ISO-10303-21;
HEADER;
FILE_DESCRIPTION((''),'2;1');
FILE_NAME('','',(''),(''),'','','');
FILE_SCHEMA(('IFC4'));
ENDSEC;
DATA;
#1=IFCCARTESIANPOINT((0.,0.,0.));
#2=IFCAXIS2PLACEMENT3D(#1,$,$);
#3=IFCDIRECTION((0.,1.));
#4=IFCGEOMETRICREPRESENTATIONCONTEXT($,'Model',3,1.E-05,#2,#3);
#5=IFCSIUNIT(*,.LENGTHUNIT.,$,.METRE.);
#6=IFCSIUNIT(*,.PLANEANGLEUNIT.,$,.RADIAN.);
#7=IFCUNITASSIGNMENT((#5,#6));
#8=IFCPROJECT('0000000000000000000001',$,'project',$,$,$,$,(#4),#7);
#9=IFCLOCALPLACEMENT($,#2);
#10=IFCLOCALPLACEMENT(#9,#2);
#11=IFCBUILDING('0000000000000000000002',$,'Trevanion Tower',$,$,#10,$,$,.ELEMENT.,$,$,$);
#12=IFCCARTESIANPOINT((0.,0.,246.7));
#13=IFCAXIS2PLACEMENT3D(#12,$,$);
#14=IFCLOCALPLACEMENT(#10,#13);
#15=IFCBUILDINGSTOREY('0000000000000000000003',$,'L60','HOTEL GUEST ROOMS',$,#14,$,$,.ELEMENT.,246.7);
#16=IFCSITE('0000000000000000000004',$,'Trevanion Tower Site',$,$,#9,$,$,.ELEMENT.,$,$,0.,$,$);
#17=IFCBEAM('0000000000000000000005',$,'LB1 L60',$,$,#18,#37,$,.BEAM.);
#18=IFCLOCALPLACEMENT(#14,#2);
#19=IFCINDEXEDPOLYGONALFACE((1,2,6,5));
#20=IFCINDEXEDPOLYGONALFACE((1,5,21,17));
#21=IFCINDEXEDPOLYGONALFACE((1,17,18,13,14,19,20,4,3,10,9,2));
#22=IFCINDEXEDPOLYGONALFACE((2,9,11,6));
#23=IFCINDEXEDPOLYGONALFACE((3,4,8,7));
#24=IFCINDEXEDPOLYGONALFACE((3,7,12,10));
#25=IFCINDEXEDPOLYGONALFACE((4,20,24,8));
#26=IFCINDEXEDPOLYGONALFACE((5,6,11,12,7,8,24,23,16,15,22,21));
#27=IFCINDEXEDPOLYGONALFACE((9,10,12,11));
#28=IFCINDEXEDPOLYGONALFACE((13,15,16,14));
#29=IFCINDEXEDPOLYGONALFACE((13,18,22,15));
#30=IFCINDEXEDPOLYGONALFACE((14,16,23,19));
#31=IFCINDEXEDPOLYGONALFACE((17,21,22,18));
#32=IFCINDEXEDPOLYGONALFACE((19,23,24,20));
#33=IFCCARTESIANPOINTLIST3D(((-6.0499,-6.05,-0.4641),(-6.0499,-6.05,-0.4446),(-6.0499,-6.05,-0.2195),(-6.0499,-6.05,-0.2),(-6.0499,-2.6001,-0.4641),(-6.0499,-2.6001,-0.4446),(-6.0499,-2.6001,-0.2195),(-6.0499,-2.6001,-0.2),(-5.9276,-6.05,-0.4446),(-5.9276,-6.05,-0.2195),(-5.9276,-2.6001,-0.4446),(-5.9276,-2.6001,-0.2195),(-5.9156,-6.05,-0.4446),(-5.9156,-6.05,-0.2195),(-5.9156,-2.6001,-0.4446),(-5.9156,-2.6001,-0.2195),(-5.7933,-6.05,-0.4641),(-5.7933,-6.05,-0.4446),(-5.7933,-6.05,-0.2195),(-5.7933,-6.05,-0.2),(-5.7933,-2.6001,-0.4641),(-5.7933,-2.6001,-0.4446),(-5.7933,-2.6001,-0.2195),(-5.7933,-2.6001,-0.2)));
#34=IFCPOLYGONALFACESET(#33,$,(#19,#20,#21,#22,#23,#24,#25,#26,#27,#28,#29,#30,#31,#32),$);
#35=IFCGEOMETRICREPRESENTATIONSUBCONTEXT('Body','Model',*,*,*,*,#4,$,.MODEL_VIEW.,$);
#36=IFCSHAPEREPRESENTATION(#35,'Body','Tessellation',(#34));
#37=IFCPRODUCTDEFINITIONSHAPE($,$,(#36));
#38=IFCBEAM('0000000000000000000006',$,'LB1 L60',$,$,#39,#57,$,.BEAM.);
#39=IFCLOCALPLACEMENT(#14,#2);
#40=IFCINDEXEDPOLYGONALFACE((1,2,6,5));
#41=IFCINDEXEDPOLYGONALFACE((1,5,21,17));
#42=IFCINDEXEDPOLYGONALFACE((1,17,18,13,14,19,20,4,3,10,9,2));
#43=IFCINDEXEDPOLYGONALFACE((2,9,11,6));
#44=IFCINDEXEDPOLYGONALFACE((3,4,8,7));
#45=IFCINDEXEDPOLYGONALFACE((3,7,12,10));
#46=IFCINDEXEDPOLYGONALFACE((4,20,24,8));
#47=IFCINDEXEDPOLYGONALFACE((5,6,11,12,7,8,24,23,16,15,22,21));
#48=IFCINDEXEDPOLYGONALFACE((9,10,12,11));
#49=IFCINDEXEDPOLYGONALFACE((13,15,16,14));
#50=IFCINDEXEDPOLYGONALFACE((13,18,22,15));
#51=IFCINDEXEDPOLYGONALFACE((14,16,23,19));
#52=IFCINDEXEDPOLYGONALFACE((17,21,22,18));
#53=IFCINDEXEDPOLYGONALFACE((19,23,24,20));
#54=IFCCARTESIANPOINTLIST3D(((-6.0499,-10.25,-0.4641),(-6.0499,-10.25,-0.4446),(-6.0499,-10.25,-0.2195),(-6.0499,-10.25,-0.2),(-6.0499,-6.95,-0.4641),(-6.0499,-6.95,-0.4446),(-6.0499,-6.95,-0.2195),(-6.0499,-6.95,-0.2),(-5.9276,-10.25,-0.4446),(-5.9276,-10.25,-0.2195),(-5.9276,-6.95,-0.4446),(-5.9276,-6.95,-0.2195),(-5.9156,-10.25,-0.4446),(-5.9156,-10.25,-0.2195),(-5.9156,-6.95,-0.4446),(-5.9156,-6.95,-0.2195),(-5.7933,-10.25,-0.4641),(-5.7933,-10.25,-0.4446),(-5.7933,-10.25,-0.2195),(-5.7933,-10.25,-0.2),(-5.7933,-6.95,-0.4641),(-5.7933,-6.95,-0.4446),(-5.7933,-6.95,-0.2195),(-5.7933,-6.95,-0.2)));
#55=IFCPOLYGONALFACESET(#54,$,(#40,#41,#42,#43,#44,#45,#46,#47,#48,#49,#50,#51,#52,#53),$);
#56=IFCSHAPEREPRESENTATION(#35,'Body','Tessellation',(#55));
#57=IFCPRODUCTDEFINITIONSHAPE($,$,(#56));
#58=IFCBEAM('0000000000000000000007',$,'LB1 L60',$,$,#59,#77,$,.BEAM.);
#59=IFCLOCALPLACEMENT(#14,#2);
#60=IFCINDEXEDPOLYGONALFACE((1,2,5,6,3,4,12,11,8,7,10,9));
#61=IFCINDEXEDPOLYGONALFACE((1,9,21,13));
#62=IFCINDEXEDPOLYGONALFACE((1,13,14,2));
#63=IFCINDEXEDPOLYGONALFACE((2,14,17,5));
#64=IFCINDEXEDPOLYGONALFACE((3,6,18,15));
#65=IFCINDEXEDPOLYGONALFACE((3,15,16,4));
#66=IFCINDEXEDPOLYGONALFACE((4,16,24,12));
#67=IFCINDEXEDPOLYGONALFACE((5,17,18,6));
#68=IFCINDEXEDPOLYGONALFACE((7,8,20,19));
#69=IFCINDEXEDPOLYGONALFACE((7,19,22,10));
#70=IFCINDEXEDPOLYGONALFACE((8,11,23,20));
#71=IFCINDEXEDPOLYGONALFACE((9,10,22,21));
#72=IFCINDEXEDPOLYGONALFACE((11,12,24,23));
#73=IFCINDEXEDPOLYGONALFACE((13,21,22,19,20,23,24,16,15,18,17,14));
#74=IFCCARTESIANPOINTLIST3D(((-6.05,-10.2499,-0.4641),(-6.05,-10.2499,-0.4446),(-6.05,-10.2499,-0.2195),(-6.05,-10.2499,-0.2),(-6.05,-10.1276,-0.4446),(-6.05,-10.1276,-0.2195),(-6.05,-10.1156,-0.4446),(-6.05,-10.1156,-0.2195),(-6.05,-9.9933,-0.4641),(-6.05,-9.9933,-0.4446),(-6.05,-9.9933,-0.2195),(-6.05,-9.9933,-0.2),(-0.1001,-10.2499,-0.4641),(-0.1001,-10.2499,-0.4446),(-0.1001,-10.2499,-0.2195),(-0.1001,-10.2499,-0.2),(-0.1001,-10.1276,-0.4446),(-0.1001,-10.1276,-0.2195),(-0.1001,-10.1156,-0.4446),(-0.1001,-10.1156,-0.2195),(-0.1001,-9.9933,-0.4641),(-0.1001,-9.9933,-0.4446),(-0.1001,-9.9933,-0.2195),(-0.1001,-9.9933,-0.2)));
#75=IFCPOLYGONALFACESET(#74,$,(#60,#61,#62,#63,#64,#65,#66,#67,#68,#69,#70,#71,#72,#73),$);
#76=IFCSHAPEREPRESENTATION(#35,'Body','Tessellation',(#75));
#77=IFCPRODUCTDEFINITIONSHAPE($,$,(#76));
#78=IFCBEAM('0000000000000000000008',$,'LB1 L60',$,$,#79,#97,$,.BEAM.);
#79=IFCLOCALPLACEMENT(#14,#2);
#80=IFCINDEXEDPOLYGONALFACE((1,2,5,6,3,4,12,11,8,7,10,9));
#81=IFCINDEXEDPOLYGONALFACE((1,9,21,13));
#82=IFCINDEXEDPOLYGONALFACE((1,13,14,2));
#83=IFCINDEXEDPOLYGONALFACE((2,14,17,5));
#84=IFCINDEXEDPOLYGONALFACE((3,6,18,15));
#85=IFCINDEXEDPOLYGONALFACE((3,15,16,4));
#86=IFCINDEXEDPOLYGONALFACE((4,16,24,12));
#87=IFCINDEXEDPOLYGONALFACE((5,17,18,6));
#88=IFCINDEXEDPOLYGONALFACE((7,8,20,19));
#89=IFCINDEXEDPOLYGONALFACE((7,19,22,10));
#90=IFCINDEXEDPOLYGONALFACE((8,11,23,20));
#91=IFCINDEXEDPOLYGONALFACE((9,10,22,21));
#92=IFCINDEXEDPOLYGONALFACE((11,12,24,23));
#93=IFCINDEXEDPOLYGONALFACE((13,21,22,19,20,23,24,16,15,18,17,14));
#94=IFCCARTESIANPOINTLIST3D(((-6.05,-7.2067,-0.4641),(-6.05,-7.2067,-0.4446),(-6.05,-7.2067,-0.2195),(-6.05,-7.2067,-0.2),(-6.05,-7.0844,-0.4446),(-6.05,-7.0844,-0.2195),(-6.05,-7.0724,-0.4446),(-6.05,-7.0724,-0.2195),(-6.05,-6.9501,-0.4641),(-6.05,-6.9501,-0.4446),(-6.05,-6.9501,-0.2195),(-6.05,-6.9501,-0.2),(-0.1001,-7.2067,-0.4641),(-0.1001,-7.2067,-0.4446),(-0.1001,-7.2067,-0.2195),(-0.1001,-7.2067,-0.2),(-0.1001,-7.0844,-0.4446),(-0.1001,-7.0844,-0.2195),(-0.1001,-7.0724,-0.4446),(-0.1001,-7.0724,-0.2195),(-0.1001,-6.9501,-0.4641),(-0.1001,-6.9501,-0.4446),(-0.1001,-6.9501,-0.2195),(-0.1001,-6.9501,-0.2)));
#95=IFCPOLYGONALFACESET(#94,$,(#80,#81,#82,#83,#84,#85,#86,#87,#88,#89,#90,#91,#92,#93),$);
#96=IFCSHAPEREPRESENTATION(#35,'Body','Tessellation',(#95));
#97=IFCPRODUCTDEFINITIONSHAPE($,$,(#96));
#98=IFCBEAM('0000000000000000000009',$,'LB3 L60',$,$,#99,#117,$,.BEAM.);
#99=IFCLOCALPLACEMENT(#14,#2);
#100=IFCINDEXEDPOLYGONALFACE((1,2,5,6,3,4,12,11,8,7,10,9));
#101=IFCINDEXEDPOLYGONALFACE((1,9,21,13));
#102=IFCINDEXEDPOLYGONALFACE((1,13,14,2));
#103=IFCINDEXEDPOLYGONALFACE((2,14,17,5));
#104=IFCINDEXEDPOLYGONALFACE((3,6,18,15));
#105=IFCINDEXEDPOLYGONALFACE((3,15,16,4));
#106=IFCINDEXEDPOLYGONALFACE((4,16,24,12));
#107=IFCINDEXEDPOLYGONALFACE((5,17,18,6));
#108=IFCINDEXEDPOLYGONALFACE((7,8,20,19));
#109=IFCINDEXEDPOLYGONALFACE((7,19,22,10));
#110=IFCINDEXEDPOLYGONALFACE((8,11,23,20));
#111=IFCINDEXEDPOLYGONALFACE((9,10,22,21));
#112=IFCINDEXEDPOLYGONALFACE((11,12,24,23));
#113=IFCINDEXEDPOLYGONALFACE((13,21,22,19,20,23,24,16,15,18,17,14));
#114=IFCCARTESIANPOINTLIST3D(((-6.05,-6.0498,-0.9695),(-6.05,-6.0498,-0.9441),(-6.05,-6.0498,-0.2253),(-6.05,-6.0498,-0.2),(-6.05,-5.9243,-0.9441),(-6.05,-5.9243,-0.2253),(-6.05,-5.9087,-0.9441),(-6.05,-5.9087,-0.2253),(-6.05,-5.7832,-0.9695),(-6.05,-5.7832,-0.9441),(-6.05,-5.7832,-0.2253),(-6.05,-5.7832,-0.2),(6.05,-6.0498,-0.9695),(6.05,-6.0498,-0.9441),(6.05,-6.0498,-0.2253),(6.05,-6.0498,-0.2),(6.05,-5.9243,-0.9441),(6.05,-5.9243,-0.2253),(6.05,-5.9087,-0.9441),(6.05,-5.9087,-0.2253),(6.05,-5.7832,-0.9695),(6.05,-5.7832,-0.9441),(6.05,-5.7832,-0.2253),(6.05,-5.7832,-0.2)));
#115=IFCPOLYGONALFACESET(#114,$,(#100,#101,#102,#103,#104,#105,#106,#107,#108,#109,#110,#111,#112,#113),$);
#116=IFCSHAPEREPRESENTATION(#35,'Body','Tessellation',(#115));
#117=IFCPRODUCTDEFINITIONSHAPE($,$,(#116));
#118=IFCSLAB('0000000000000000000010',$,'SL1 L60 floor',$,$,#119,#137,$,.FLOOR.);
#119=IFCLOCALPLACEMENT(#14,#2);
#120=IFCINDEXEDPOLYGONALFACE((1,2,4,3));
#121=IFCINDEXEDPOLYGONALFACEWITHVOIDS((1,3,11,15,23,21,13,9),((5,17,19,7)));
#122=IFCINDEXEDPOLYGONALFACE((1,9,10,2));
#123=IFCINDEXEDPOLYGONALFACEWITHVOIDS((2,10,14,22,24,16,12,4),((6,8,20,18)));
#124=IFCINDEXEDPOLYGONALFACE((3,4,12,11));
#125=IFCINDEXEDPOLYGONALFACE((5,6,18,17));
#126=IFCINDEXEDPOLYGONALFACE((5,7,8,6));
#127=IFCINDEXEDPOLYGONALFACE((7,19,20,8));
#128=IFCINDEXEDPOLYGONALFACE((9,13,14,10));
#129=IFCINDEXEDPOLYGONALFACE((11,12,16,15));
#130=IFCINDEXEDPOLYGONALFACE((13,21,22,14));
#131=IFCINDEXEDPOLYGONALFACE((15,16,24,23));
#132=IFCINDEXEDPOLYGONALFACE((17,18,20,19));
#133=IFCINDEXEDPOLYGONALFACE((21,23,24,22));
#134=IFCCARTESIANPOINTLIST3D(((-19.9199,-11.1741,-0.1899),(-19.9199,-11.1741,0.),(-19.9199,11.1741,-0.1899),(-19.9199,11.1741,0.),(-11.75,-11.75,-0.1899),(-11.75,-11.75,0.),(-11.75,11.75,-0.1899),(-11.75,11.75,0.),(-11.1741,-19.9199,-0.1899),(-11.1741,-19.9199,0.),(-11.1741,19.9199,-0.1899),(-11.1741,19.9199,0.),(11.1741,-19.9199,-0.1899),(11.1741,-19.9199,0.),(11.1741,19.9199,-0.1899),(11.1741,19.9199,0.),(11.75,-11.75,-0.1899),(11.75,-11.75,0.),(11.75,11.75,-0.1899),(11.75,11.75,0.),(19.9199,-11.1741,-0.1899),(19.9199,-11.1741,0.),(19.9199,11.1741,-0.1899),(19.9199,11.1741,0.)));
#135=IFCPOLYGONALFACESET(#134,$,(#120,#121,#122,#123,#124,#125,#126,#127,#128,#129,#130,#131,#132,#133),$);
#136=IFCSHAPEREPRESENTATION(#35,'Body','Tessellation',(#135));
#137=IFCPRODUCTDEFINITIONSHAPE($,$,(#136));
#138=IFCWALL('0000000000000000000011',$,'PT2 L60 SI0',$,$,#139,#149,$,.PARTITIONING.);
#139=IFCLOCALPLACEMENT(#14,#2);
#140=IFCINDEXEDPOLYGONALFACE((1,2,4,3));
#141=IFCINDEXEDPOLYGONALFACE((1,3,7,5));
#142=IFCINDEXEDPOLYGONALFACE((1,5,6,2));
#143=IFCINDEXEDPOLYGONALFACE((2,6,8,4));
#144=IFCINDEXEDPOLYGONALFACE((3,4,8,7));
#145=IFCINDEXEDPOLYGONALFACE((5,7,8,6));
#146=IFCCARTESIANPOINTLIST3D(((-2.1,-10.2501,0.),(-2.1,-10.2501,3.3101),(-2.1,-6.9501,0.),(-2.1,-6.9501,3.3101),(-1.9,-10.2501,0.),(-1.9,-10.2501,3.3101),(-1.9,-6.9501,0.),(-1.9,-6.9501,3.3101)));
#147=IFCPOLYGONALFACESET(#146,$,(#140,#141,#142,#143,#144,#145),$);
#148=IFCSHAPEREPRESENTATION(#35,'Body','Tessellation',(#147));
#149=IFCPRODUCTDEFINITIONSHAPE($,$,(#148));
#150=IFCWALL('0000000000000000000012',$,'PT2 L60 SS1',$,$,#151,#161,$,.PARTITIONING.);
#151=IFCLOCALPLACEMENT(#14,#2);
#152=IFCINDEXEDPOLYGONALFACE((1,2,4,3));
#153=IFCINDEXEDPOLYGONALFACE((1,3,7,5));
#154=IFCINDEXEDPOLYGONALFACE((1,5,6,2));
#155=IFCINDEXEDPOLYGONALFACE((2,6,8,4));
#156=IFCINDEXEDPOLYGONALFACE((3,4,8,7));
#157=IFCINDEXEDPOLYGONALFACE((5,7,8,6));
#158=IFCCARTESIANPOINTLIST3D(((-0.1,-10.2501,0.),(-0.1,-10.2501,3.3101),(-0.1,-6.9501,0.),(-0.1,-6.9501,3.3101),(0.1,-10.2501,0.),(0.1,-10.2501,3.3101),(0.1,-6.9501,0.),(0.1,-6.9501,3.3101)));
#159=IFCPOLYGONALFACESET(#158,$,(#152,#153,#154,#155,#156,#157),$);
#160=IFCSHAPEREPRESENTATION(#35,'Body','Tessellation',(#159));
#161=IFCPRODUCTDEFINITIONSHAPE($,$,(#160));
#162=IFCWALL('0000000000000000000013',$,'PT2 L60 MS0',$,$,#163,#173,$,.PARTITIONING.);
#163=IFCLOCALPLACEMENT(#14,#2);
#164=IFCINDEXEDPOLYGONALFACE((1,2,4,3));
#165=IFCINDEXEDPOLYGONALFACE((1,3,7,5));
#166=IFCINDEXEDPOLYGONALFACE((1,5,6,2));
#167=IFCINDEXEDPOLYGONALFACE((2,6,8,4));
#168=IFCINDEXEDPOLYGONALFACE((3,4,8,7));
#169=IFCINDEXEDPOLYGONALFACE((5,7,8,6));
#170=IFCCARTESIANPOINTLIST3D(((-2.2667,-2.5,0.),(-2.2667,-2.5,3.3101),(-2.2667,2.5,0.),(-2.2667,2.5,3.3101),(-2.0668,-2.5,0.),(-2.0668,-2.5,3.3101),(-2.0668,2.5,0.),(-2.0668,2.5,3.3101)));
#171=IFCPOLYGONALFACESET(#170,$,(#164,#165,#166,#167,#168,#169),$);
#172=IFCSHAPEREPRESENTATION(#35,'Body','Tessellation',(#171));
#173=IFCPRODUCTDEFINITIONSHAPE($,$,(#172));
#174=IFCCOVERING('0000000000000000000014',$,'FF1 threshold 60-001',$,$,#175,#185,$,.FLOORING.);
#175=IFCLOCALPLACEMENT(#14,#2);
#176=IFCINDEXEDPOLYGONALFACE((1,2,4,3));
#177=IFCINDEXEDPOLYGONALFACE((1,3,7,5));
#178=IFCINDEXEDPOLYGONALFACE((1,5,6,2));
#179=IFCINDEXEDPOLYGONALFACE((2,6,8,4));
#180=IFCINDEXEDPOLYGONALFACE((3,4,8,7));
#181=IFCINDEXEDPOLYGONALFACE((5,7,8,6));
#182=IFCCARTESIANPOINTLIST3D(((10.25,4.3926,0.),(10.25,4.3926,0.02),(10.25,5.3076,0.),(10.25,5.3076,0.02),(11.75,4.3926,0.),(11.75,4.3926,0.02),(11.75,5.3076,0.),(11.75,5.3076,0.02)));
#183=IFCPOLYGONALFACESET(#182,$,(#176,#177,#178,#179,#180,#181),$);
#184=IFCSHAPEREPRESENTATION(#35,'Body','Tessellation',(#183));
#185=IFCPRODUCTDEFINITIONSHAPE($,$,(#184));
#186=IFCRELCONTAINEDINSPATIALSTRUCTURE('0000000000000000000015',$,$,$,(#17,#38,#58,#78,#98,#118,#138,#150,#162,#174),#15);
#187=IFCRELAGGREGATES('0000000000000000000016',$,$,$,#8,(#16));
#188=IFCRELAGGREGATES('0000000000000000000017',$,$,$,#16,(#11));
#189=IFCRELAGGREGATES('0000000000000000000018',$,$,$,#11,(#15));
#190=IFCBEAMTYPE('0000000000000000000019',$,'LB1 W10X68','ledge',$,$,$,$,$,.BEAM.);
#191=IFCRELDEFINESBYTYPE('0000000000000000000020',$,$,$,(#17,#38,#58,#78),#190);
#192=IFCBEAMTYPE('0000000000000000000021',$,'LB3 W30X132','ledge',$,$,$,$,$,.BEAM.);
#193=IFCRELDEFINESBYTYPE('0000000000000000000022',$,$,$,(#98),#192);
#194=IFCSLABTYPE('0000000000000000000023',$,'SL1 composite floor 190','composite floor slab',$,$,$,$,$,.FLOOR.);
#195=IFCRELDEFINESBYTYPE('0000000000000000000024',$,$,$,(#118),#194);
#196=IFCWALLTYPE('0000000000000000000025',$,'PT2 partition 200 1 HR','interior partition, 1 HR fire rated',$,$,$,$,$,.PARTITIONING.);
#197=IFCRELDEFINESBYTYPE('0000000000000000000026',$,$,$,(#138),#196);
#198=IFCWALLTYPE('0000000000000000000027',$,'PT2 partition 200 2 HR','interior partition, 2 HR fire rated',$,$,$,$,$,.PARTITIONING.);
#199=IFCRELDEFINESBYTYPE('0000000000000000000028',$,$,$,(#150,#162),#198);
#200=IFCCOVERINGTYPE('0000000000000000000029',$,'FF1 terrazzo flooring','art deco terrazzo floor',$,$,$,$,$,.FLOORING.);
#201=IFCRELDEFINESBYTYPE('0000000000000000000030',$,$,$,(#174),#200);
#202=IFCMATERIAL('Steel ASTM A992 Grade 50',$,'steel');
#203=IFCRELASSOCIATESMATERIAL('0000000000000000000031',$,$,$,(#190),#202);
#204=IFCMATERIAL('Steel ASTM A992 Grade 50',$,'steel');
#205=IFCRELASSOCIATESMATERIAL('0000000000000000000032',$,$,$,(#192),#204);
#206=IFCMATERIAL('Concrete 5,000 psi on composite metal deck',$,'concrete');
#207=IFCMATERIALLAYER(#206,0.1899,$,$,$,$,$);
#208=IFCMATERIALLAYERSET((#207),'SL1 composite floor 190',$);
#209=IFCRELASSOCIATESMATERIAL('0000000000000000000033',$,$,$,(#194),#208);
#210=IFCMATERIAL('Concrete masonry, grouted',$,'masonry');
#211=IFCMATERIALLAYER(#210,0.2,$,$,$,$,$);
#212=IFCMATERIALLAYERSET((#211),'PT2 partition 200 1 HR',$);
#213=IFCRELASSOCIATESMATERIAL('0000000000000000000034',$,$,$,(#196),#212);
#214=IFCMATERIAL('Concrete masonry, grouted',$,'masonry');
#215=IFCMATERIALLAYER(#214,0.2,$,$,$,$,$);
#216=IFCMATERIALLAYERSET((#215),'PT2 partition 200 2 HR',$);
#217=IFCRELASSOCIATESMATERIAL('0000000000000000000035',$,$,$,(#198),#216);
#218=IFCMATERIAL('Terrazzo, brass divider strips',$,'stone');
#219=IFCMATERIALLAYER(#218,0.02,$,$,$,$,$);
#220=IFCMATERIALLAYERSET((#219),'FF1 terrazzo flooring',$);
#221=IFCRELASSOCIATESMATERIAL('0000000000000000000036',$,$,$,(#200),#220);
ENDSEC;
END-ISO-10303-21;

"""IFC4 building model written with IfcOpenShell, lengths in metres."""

from ifc_helpers import new_model, si_unit, direction, frame, frame_2d, origin, origin_2d, place, context, subcontext, project, spatial, polyline, rectangle, i_section, outline, extrude, material, layer, layer_set, material_profile, profile_set, type_object, element, save


model = new_model("IFC4")

# Units and contexts
model_context = context("Model", 3, precision=1e-05, world=origin(), true_north=direction((0.0, 1.0)))
body_context = subcontext(model_context, "Body", "Model", "MODEL_VIEW")
ifc_project = project(units=[si_unit("LENGTHUNIT", "METRE"), si_unit("PLANEANGLEUNIT", "RADIAN")], contexts=[model_context])

# Site, building, storey
site_placement = place(None, origin())
site = spatial("IfcSite", under=ifc_project, at=site_placement, Name="Trevanion Tower Site", CompositionType="ELEMENT", RefElevation=0.0)
building_placement = place(site_placement, origin())
building = spatial("IfcBuilding", under=site, at=building_placement, Name="Trevanion Tower", CompositionType="ELEMENT")
storey_placement = place(building_placement, frame((0.0, 0.0, 246.7)))
storey = spatial("IfcBuildingStorey", under=building, at=storey_placement, Name="L60", Description="HOTEL GUEST ROOMS", CompositionType="ELEMENT", Elevation=246.7)

# Beams
ifc_material_1 = material(Name="Steel ASTM A992 Grade 50", Category="steel")
ifc_material_profile_1 = material_profile(ifc_material_1, i_section(OverallWidth=0.2566, OverallDepth=0.2642, WebThickness=0.012, FlangeThickness=0.0195, at=origin_2d()), Name="W10X68")
ifc_profile_set_1 = profile_set([ifc_material_profile_1], Name="Steel ASTM A992 Grade 50")
beam_type_1 = type_object("IfcBeamType", Name="LB1 W10X68", Description="ledge", PredefinedType="BEAM", material=ifc_profile_set_1)
beam_1_placement = place(storey_placement, frame((-5.9216, -6.05, -0.332), z_axis=(0.0, 1.0, 0.0), x_axis=(-1.0, 0.0, 0.0)))
element("IfcBeam", 1, at=beam_1_placement, inside=storey, type_object=beam_type_1, Name="LB1 L60", PredefinedType="BEAM", context=body_context, shape_type="SweptSolid", body=[
    extrude(i_section(OverallWidth=0.2566, OverallDepth=0.2642, WebThickness=0.012, FlangeThickness=0.0195, at=origin_2d()), origin(), (0.0, 0.0, 1.0), 3.45),
])
beam_2_placement = place(storey_placement, frame((-5.9216, -10.25, -0.332), z_axis=(0.0, 1.0, 0.0), x_axis=(-1.0, 0.0, 0.0)))
element("IfcBeam", 2, at=beam_2_placement, inside=storey, type_object=beam_type_1, Name="LB1 L60", PredefinedType="BEAM", context=body_context, shape_type="SweptSolid", body=[
    extrude(i_section(OverallWidth=0.2566, OverallDepth=0.2642, WebThickness=0.012, FlangeThickness=0.0195, at=origin_2d()), origin(), (0.0, 0.0, 1.0), 3.3),
])
for number, where, z_axis, x_axis, name in (
    (3, (-6.05, -10.1216, -0.332), (1.0, 0.0, 0.0), (0.0, 1.0, 0.0), "LB1 L60"),
    (4, (-6.05, -7.0784, -0.332), (1.0, 0.0, 0.0), (0.0, 1.0, 0.0), "LB1 L60"),
):
    element("IfcBeam", number, at=place(storey_placement, frame(where, z_axis=z_axis, x_axis=x_axis)), inside=storey, type_object=beam_type_1, Name=name, PredefinedType="BEAM", context=body_context, shape_type="SweptSolid", body=[
        extrude(i_section(OverallWidth=0.2566, OverallDepth=0.2642, WebThickness=0.012, FlangeThickness=0.0195, at=origin_2d()), origin(), (0.0, 0.0, 1.0), 5.95),
    ])
ifc_material_2 = material(Name="Steel ASTM A992 Grade 50", Category="steel")
ifc_material_profile_2 = material_profile(ifc_material_2, i_section(OverallWidth=0.2666, OverallDepth=0.7695, WebThickness=0.0156, FlangeThickness=0.0254, at=origin_2d()), Name="W30X132")
ifc_profile_set_2 = profile_set([ifc_material_profile_2], Name="Steel ASTM A992 Grade 50")
beam_type_2 = type_object("IfcBeamType", Name="LB3 W30X132", Description="ledge", PredefinedType="BEAM", material=ifc_profile_set_2)
beam_3_placement = place(storey_placement, frame((-6.05, -5.9165, -0.5847), z_axis=(1.0, 0.0, 0.0), x_axis=(0.0, 1.0, 0.0)))
element("IfcBeam", 5, at=beam_3_placement, inside=storey, type_object=beam_type_2, Name="LB3 L60", PredefinedType="BEAM", context=body_context, shape_type="SweptSolid", body=[
    extrude(i_section(OverallWidth=0.2666, OverallDepth=0.7695, WebThickness=0.0156, FlangeThickness=0.0254, at=origin_2d()), origin(), (0.0, 0.0, 1.0), 12.1001),
])

# Slab
ifc_material_3 = material(Name="Concrete 5,000 psi on composite metal deck", Category="concrete")
ifc_layer_1 = layer(ifc_material_3, 0.1899)
ifc_layer_set_1 = layer_set([ifc_layer_1], Name="SL1 composite floor 190")
slab_type = type_object("IfcSlabType", Name="SL1 composite floor 190", Description="composite floor slab", PredefinedType="FLOOR", material=ifc_layer_set_1)
slab_placement = place(storey_placement, frame((0.0, 0.0, -0.1899)))
element("IfcSlab", 6, at=slab_placement, inside=storey, type_object=slab_type, Name="SL1 L60 floor", PredefinedType="FLOOR", context=body_context, shape_type="SweptSolid", body=[
    extrude(outline(polyline([(19.9199, -11.1741), (19.9199, 11.1741), (11.1741, 19.9199), (-11.1741, 19.9199), (-19.9199, 11.1741), (-19.9199, -11.1741), (-11.1741, -19.9199), (11.1741, -19.9199), (19.9199, -11.1741)]), holes=[polyline([(11.75, -11.75), (11.75, 11.75), (-11.75, 11.75), (-11.75, -11.75), (11.75, -11.75)])]), origin(), (0.0, 0.0, 1.0), 0.1899),
])

# Walls
ifc_material_4 = material(Name="Concrete masonry, grouted", Category="masonry")
ifc_layer_2 = layer(ifc_material_4, 0.2)
ifc_layer_set_2 = layer_set([ifc_layer_2], Name="PT2 partition 200 1 HR")
wall_type_1 = type_object("IfcWallType", Name="PT2 partition 200 1 HR", Description="interior partition, 1 HR fire rated", PredefinedType="PARTITIONING", material=ifc_layer_set_2)
wall_1_placement = place(storey_placement, frame((-2.0, -10.25, 0.0), z_axis=(0.0, 0.0, 1.0), x_axis=(0.0, 1.0, 0.0)))
element("IfcWall", 7, at=wall_1_placement, inside=storey, type_object=wall_type_1, Name="PT2 L60 SI0", PredefinedType="PARTITIONING", context=body_context, shape_type="SweptSolid", body=[
    extrude(rectangle(XDim=3.3, YDim=0.2, at=frame_2d((1.6499, 0.0))), origin(), (0.0, 0.0, 1.0), 3.3101),
])
ifc_material_5 = material(Name="Concrete masonry, grouted", Category="masonry")
ifc_layer_3 = layer(ifc_material_5, 0.2)
ifc_layer_set_3 = layer_set([ifc_layer_3], Name="PT2 partition 200 2 HR")
wall_type_2 = type_object("IfcWallType", Name="PT2 partition 200 2 HR", Description="interior partition, 2 HR fire rated", PredefinedType="PARTITIONING", material=ifc_layer_set_3)
wall_2_placement = place(storey_placement, frame((0.0, -10.25, 0.0), z_axis=(0.0, 0.0, 1.0), x_axis=(0.0, 1.0, 0.0)))
element("IfcWall", 8, at=wall_2_placement, inside=storey, type_object=wall_type_2, Name="PT2 L60 SS1", PredefinedType="PARTITIONING", context=body_context, shape_type="SweptSolid", body=[
    extrude(rectangle(XDim=3.3, YDim=0.2, at=frame_2d((1.6499, 0.0))), origin(), (0.0, 0.0, 1.0), 3.3101),
])
wall_3_placement = place(storey_placement, frame((-2.1667, -2.5, 0.0), z_axis=(0.0, 0.0, 1.0), x_axis=(0.0, 1.0, 0.0)))
element("IfcWall", 9, at=wall_3_placement, inside=storey, type_object=wall_type_2, Name="PT2 L60 MS0", PredefinedType="PARTITIONING", context=body_context, shape_type="SweptSolid", body=[
    extrude(rectangle(XDim=5.0, YDim=0.2, at=frame_2d((2.5, 0.0))), origin(), (0.0, 0.0, 1.0), 3.3101),
])

# Covering
ifc_material_6 = material(Name="Terrazzo, brass divider strips", Category="stone")
ifc_layer_4 = layer(ifc_material_6, 0.02)
ifc_layer_set_4 = layer_set([ifc_layer_4], Name="FF1 terrazzo flooring")
covering_type = type_object("IfcCoveringType", Name="FF1 terrazzo flooring", Description="art deco terrazzo floor", PredefinedType="FLOORING", material=ifc_layer_set_4)
covering_1_placement = place(storey_placement, origin())
element("IfcCovering", 10, at=covering_1_placement, inside=storey, type_object=covering_type, Name="FF1 threshold 60-001", PredefinedType="FLOORING", context=body_context, shape_type="SweptSolid", body=[
    extrude(outline(polyline([(11.75, 4.3926), (11.75, 5.3076), (10.25, 5.3076), (10.25, 4.3926), (11.75, 4.3926)])), origin(), (0.0, 0.0, 1.0), 0.02),
])

save(model, "model.ifc")
